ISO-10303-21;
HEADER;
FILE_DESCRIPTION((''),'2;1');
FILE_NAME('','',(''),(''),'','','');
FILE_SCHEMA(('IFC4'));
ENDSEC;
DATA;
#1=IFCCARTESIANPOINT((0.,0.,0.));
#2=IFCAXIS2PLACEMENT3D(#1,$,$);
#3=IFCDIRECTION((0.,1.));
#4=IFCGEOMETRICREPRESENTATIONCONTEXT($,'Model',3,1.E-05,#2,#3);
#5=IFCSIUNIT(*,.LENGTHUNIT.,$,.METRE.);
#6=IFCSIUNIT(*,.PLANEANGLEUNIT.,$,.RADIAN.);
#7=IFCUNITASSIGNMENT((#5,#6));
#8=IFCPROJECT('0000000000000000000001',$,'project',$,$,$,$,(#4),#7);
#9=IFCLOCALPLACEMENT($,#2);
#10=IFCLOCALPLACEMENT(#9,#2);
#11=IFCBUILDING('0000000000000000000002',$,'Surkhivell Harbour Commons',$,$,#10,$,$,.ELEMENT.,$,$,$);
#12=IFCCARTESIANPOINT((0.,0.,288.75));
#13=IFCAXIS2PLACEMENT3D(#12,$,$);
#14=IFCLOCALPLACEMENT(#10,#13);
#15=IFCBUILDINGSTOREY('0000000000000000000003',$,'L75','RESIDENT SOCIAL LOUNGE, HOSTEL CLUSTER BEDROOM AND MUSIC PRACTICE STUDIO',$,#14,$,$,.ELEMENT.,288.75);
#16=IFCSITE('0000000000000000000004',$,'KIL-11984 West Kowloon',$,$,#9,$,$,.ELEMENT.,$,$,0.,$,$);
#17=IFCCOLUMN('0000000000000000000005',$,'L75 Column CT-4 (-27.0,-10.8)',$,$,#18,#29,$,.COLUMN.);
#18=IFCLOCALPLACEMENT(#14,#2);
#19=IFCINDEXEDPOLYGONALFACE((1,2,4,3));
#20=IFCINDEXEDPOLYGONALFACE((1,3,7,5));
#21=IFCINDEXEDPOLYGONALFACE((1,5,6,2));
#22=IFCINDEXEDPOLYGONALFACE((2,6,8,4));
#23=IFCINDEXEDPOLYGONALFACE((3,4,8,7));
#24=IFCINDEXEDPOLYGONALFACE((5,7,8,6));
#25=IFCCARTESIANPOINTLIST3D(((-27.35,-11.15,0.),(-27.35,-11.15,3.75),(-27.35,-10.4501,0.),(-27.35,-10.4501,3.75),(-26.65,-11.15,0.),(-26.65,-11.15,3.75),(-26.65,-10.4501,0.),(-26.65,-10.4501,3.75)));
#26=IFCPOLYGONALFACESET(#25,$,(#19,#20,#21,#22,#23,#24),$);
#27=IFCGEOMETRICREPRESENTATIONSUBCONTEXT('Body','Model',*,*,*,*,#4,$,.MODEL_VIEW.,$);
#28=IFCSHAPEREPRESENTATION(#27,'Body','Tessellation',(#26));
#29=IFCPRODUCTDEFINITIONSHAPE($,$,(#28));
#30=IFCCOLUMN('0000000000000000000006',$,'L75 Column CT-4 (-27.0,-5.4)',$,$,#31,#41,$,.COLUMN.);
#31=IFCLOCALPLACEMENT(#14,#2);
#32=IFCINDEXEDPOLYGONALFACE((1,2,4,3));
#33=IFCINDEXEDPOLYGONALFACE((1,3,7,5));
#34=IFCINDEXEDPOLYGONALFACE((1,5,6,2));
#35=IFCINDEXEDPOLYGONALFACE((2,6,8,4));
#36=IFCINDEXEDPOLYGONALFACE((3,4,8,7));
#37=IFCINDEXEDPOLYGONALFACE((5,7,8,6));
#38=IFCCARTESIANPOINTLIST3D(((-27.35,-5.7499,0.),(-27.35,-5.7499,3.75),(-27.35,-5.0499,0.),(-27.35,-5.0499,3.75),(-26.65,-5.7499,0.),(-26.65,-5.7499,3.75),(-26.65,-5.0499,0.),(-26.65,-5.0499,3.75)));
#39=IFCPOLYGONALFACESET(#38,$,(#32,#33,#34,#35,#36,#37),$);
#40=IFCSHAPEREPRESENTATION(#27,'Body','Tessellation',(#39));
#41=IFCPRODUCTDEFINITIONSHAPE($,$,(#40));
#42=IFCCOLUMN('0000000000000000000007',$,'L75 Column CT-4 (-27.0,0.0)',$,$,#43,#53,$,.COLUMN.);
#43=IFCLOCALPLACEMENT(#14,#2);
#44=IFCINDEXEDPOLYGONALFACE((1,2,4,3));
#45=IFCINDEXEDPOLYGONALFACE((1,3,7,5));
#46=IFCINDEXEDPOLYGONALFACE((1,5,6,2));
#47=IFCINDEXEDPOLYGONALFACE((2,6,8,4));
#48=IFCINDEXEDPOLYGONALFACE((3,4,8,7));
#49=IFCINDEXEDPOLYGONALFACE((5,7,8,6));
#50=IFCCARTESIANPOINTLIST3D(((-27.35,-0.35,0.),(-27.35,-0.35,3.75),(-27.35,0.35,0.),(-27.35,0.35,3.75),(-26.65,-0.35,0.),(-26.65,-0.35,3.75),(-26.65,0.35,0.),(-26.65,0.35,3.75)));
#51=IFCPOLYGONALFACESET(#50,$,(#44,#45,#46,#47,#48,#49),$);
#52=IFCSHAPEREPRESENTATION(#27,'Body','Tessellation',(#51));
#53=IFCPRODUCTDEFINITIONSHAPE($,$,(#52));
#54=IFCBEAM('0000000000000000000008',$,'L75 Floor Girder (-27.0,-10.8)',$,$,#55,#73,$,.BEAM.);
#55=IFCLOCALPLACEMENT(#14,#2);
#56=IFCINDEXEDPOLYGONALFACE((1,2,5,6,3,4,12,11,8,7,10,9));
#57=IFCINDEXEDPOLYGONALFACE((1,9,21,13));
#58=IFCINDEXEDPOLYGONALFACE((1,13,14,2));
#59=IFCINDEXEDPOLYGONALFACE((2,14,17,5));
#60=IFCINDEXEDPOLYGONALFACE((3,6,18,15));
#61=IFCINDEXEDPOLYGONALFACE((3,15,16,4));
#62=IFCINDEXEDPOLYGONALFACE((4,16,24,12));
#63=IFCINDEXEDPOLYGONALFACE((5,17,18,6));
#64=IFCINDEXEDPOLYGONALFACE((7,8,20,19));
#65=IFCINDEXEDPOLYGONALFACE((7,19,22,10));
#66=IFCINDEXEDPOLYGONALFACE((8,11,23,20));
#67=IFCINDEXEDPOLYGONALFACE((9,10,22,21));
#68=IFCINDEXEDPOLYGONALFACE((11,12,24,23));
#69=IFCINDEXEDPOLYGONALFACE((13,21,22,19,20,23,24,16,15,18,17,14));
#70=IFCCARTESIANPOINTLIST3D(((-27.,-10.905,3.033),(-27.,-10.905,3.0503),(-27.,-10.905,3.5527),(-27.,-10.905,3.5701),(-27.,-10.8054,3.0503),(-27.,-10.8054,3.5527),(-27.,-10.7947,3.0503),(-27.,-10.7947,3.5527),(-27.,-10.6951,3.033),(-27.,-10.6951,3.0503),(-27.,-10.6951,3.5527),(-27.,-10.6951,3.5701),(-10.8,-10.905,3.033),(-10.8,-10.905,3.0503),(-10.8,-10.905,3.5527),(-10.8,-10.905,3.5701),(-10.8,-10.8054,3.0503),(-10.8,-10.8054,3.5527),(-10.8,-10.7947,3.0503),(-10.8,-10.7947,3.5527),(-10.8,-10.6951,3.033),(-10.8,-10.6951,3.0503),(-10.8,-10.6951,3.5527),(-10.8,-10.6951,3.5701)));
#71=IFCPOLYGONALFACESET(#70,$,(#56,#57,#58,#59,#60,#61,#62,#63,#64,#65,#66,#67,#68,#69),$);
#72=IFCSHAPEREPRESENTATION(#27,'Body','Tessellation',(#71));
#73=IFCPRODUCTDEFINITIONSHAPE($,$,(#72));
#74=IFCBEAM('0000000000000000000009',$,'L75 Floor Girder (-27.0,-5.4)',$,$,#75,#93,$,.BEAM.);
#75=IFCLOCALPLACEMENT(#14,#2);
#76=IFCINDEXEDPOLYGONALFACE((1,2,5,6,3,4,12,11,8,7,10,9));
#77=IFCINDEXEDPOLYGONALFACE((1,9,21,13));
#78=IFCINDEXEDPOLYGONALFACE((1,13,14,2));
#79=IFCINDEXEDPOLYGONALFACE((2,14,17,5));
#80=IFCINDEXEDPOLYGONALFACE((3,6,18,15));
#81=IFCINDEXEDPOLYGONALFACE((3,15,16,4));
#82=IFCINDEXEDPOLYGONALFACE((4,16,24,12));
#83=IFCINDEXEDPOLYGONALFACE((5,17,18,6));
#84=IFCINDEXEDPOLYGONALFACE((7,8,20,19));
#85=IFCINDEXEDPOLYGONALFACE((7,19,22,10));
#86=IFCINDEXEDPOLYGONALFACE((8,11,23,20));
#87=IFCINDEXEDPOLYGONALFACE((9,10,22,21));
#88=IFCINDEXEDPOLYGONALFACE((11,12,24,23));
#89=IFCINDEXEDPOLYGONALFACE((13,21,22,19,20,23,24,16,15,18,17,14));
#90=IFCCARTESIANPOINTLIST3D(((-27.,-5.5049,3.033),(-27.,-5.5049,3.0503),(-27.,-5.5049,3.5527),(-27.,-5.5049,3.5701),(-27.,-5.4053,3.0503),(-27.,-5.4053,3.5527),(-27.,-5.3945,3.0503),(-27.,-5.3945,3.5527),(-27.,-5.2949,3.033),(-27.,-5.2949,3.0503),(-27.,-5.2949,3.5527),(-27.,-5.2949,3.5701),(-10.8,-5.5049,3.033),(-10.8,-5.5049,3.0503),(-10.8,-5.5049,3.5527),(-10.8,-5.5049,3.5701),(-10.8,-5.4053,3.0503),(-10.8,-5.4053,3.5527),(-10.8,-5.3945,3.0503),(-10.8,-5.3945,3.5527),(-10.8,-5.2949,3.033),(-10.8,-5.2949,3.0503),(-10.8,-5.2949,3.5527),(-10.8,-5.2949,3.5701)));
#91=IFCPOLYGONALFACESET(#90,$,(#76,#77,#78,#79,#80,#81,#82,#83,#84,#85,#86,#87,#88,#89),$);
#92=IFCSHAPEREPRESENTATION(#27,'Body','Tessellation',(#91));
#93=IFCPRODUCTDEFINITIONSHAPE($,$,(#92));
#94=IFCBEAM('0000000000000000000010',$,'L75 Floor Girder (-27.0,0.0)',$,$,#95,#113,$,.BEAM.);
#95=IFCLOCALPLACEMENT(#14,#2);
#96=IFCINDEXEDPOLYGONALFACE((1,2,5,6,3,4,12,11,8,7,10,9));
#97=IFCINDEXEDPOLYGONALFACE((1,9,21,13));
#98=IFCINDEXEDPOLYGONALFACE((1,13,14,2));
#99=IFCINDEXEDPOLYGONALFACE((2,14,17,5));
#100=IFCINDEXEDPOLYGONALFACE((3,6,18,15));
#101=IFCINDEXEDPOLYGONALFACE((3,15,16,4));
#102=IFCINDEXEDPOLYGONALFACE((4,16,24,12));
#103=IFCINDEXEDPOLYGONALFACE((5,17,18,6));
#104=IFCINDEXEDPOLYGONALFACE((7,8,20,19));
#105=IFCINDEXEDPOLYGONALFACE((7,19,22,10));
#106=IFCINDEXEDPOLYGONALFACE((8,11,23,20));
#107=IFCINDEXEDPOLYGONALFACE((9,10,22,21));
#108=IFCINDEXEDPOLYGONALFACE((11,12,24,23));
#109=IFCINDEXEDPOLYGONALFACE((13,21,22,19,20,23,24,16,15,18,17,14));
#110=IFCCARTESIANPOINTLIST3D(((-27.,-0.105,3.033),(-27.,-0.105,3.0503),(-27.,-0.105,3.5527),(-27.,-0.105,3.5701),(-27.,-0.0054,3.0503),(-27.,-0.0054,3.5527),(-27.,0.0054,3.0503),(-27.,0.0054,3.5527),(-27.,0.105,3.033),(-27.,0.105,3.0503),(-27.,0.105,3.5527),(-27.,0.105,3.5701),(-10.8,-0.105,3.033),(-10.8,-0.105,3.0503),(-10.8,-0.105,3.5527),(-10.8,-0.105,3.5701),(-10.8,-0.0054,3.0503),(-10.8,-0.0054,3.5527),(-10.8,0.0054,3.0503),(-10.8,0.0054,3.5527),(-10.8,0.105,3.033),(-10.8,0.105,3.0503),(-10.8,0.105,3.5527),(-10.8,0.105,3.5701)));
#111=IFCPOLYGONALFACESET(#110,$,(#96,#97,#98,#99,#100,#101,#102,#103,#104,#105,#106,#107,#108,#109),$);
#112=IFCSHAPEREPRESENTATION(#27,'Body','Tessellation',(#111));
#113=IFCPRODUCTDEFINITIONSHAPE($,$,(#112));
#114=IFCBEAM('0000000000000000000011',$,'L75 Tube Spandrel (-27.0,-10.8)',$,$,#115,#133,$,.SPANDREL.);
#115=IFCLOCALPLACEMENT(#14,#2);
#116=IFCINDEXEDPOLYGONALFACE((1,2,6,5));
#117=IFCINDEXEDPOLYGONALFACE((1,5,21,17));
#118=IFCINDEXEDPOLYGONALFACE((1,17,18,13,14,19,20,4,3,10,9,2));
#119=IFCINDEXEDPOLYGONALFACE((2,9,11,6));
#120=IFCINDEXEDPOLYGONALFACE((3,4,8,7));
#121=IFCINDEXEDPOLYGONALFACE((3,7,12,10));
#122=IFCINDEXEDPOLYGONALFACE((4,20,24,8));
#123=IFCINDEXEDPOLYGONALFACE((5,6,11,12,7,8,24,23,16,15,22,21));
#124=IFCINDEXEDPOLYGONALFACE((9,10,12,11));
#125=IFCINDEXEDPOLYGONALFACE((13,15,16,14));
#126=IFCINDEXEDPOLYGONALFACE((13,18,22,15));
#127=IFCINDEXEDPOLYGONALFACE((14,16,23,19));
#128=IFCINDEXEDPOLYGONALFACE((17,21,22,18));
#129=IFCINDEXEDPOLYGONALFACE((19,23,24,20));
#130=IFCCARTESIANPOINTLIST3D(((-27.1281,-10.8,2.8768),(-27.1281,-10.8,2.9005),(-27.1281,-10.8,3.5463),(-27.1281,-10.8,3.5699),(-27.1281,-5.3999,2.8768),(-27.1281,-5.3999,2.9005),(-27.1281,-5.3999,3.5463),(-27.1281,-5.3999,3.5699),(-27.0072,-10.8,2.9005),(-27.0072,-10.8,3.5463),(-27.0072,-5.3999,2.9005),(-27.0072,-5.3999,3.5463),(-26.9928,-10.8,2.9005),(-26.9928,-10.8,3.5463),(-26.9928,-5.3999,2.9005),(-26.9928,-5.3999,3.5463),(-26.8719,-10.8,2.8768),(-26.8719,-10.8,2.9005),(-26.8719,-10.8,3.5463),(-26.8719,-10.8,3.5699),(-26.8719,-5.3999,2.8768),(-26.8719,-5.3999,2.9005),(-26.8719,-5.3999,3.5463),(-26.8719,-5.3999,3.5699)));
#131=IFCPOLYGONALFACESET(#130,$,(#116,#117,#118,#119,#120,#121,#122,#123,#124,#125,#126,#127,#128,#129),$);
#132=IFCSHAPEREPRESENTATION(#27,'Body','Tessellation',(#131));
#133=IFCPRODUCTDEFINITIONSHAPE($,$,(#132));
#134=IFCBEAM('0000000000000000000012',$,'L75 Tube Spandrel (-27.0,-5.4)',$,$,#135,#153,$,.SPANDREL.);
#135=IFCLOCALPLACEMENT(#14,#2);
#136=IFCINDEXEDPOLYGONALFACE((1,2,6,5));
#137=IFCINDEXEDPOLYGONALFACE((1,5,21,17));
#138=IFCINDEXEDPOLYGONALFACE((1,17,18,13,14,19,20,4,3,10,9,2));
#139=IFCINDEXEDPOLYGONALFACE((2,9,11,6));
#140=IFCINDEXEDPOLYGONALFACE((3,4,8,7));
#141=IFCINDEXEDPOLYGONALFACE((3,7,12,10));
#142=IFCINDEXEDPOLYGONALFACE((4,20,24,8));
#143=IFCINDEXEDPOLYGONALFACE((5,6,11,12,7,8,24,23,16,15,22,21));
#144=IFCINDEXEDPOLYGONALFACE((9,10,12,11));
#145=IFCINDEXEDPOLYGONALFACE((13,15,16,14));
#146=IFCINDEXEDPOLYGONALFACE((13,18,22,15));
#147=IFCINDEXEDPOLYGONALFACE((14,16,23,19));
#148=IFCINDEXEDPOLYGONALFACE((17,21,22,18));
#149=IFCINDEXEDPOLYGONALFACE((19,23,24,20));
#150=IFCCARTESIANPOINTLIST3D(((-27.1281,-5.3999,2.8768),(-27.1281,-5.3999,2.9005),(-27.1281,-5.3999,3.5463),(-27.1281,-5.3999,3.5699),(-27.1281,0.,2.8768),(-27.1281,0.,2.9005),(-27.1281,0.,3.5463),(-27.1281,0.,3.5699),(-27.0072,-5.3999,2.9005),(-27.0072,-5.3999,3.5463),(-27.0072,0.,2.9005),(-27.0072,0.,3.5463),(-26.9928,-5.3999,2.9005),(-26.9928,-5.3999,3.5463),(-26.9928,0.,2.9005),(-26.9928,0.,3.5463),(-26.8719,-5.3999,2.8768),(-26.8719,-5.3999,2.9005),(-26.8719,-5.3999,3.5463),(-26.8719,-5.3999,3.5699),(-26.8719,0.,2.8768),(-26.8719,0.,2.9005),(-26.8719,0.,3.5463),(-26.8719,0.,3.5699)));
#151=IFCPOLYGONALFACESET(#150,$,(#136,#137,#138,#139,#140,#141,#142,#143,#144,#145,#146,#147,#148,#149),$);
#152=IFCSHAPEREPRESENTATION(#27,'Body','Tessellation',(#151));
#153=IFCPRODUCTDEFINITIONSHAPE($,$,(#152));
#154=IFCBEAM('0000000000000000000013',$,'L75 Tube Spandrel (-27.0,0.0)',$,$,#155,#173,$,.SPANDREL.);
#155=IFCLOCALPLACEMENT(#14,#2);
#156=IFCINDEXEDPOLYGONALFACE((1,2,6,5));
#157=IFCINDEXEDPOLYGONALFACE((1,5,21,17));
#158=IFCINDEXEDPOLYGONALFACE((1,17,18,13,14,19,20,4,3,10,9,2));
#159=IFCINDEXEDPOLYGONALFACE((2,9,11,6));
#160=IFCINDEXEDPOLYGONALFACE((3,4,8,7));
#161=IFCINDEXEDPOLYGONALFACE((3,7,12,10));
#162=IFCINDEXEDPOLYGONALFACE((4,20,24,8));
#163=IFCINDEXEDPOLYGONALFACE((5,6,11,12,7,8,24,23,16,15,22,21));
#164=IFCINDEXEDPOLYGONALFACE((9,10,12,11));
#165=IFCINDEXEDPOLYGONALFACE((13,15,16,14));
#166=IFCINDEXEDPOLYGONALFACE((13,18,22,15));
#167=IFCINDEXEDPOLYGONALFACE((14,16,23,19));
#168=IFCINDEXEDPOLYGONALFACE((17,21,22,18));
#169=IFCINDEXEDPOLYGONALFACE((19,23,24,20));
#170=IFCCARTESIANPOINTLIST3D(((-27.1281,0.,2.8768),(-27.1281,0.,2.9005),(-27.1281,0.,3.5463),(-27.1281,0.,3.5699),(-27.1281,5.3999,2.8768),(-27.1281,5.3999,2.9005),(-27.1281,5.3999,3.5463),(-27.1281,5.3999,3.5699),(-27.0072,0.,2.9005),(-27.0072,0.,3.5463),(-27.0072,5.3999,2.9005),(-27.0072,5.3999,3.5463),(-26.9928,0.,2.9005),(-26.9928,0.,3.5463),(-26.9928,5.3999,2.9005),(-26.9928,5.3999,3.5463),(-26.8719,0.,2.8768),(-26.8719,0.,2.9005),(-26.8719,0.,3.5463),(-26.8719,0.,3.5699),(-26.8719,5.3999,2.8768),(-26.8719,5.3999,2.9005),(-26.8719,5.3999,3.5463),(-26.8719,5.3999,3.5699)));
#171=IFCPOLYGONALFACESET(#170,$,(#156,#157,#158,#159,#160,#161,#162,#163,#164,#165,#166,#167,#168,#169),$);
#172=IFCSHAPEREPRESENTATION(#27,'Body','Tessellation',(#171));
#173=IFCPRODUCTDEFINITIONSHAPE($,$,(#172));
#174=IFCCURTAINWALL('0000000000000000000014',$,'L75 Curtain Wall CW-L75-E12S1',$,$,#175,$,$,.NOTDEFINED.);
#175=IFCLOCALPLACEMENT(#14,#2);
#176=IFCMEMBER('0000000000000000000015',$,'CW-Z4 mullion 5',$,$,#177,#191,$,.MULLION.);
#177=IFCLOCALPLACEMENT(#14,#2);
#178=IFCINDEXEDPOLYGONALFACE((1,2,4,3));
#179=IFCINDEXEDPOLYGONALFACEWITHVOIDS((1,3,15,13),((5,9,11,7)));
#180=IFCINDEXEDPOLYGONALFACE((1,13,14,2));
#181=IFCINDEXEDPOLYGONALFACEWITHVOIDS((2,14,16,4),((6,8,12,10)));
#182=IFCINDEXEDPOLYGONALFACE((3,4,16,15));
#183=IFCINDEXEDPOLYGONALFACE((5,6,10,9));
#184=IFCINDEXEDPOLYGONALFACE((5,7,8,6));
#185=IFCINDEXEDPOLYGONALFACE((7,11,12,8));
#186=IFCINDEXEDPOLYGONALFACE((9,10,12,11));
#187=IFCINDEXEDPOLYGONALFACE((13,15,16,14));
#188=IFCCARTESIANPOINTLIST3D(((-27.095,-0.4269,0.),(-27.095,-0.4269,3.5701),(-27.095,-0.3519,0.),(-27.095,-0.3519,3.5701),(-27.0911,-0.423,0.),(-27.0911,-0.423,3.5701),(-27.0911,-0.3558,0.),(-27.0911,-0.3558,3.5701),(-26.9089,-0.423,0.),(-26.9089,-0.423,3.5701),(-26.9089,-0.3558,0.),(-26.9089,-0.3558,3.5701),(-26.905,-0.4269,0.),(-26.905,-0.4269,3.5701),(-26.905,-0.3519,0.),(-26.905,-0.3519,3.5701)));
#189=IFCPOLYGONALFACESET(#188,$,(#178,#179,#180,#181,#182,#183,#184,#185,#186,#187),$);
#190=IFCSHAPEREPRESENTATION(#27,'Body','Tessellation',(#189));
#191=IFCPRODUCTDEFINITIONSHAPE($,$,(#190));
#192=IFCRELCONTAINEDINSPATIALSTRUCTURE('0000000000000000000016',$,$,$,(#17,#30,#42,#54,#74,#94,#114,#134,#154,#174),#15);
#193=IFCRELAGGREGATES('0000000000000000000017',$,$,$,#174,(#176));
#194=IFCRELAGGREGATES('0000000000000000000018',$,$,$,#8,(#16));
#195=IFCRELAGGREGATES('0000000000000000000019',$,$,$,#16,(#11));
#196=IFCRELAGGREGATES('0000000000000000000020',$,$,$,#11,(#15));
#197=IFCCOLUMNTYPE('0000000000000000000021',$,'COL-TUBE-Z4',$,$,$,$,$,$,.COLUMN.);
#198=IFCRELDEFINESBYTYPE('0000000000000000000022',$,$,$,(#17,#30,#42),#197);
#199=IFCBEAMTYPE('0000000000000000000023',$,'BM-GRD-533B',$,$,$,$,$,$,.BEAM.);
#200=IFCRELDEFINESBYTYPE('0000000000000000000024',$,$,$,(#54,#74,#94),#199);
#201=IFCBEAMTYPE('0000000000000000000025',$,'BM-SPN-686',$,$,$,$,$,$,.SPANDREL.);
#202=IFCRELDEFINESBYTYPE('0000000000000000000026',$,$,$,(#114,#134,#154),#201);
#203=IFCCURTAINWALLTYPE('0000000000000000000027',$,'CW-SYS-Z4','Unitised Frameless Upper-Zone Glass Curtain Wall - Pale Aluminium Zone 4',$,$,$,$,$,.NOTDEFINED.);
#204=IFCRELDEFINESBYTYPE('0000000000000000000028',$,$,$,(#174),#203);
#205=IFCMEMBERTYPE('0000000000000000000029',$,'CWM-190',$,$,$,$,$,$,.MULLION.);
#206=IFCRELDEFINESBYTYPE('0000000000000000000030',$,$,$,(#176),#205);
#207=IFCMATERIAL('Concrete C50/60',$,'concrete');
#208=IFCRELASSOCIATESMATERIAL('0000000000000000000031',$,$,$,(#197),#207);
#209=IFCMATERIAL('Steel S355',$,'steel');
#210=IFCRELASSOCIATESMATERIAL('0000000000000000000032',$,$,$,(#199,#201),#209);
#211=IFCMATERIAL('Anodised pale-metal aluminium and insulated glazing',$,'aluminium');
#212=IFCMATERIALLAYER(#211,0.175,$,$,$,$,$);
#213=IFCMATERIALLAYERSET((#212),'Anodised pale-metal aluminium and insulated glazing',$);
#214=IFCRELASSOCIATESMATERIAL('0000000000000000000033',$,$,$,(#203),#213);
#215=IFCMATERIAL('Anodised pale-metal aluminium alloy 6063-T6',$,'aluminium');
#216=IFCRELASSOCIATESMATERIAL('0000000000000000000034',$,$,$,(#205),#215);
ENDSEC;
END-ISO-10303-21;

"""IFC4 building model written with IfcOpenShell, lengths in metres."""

from ifc_helpers import new_model, si_unit, direction, frame, origin, origin_2d, place, context, subcontext, project, spatial, rectangle, hollow_rectangle, i_section, extrude, material, layer, layer_set, material_profile, profile_set, type_object, element, aggregate, save


model = new_model("IFC4")

# Units and contexts
model_context = context("Model", 3, precision=1e-05, world=origin(), true_north=direction((0.0, 1.0)))
body_context = subcontext(model_context, "Body", "Model", "MODEL_VIEW")
ifc_project = project(units=[si_unit("LENGTHUNIT", "METRE"), si_unit("PLANEANGLEUNIT", "RADIAN")], contexts=[model_context])

# Site, building, storey
site_placement = place(None, origin())
site = spatial("IfcSite", under=ifc_project, at=site_placement, Name="KIL-11984 West Kowloon", CompositionType="ELEMENT", RefElevation=0.0)
building_placement = place(site_placement, origin())
building = spatial("IfcBuilding", under=site, at=building_placement, Name="Surkhivell Harbour Commons", CompositionType="ELEMENT")
storey_placement = place(building_placement, frame((0.0, 0.0, 288.75)))
storey = spatial("IfcBuildingStorey", under=building, at=storey_placement, Name="L75", Description="RESIDENT SOCIAL LOUNGE, HOSTEL CLUSTER BEDROOM AND MUSIC PRACTICE STUDIO", CompositionType="ELEMENT", Elevation=288.75)

# Columns
ifc_material_1 = material(Name="Concrete C50/60", Category="concrete")
ifc_material_profile_1 = material_profile(ifc_material_1, rectangle(XDim=0.7, YDim=0.7, at=origin_2d()), Name="RC-COL-700x700")
ifc_profile_set_1 = profile_set([ifc_material_profile_1], Name="Concrete C50/60")
column_type = type_object("IfcColumnType", Name="COL-TUBE-Z4", PredefinedType="COLUMN", material=ifc_profile_set_1)
for number, where, z_axis, x_axis, name in (
    (1, (-27.0, -10.8, 0.0), (0.0, 0.0, 1.0), (1.0, 0.0, 0.0), "L75 Column CT-4 (-27.0,-10.8)"),
    (2, (-27.0, -5.3999, 0.0), (0.0, 0.0, 1.0), (1.0, 0.0, 0.0), "L75 Column CT-4 (-27.0,-5.4)"),
    (3, (-27.0, 0.0, 0.0), (0.0, 0.0, 1.0), (1.0, 0.0, 0.0), "L75 Column CT-4 (-27.0,0.0)"),
):
    element("IfcColumn", number, at=place(storey_placement, frame(where, z_axis=z_axis, x_axis=x_axis)), inside=storey, type_object=column_type, Name=name, PredefinedType="COLUMN", context=body_context, shape_type="SweptSolid", body=[
        extrude(rectangle(XDim=0.7, YDim=0.7, at=origin_2d()), origin(), (0.0, 0.0, 1.0), 3.75),
    ])

# Beams
ifc_material_2 = material(Name="Steel S355", Category="steel")
ifc_material_profile_2 = material_profile(ifc_material_2, i_section(OverallWidth=0.21, OverallDepth=0.5371, WebThickness=0.0107, FlangeThickness=0.0173, at=origin_2d()), Name="UB533x210x101")
ifc_profile_set_2 = profile_set([ifc_material_profile_2], Name="Steel S355")
beam_type_1 = type_object("IfcBeamType", Name="BM-GRD-533B", PredefinedType="BEAM", material=ifc_profile_set_2)
for number, where, z_axis, x_axis, name in (
    (4, (-27.0, -10.8, 3.3015), (1.0, 0.0, 0.0), (0.0, 1.0, 0.0), "L75 Floor Girder (-27.0,-10.8)"),
    (5, (-27.0, -5.3999, 3.3015), (1.0, 0.0, 0.0), (0.0, 1.0, 0.0), "L75 Floor Girder (-27.0,-5.4)"),
    (6, (-27.0, 0.0, 3.3015), (1.0, 0.0, 0.0), (0.0, 1.0, 0.0), "L75 Floor Girder (-27.0,0.0)"),
):
    element("IfcBeam", number, at=place(storey_placement, frame(where, z_axis=z_axis, x_axis=x_axis)), inside=storey, type_object=beam_type_1, Name=name, PredefinedType="BEAM", context=body_context, shape_type="SweptSolid", body=[
        extrude(i_section(OverallWidth=0.21, OverallDepth=0.5371, WebThickness=0.0107, FlangeThickness=0.0173, at=origin_2d()), origin(), (0.0, 0.0, 1.0), 16.2),
    ])
ifc_material_profile_3 = material_profile(ifc_material_2, i_section(OverallWidth=0.2561, OverallDepth=0.6931, WebThickness=0.0144, FlangeThickness=0.0237, at=origin_2d()), Name="UB686x254x170")
ifc_profile_set_3 = profile_set([ifc_material_profile_3], Name="Steel S355")
beam_type_2 = type_object("IfcBeamType", Name="BM-SPN-686", PredefinedType="SPANDREL", material=ifc_profile_set_3)
beam_placement = place(storey_placement, frame((-27.0, -10.8, 3.2234), z_axis=(0.0, 1.0, 0.0), x_axis=(-1.0, 0.0, 0.0)))
element("IfcBeam", 7, at=beam_placement, inside=storey, type_object=beam_type_2, Name="L75 Tube Spandrel (-27.0,-10.8)", PredefinedType="SPANDREL", context=body_context, shape_type="SweptSolid", body=[
    extrude(i_section(OverallWidth=0.2561, OverallDepth=0.6931, WebThickness=0.0144, FlangeThickness=0.0237, at=origin_2d()), origin(), (0.0, 0.0, 1.0), 5.4001),
])
for number, where, z_axis, x_axis, name in (
    (8, (-27.0, -5.3999, 3.2234), (0.0, 1.0, 0.0), (-1.0, 0.0, 0.0), "L75 Tube Spandrel (-27.0,-5.4)"),
    (9, (-27.0, 0.0, 3.2234), (0.0, 1.0, 0.0), (-1.0, 0.0, 0.0), "L75 Tube Spandrel (-27.0,0.0)"),
):
    element("IfcBeam", number, at=place(storey_placement, frame(where, z_axis=z_axis, x_axis=x_axis)), inside=storey, type_object=beam_type_2, Name=name, PredefinedType="SPANDREL", context=body_context, shape_type="SweptSolid", body=[
        extrude(i_section(OverallWidth=0.2561, OverallDepth=0.6931, WebThickness=0.0144, FlangeThickness=0.0237, at=origin_2d()), origin(), (0.0, 0.0, 1.0), 5.3999),
    ])

# Curtain wall, member
ifc_material_3 = material(Name="Anodised pale-metal aluminium and insulated glazing", Category="aluminium")
ifc_layer_1 = layer(ifc_material_3, 0.175)
ifc_layer_set_1 = layer_set([ifc_layer_1], Name="Anodised pale-metal aluminium and insulated glazing")
curtain_wall_type = type_object("IfcCurtainWallType", Name="CW-SYS-Z4", Description="Unitised Frameless Upper-Zone Glass Curtain Wall - Pale Aluminium Zone 4", PredefinedType="NOTDEFINED", material=ifc_layer_set_1)
curtain_wall_placement = place(storey_placement, origin())
curtain_wall = element("IfcCurtainWall", 10, at=curtain_wall_placement, inside=storey, type_object=curtain_wall_type, Name="L75 Curtain Wall CW-L75-E12S1", PredefinedType="NOTDEFINED")
ifc_material_4 = material(Name="Anodised pale-metal aluminium alloy 6063-T6", Category="aluminium")
ifc_material_profile_4 = material_profile(ifc_material_4, hollow_rectangle(XDim=0.075, YDim=0.1899, WallThickness=0.0039, at=origin_2d()), Name="ALU-MULL-75x190")
ifc_profile_set_4 = profile_set([ifc_material_profile_4], Name="Anodised pale-metal aluminium alloy 6063-T6")
member_type_1 = type_object("IfcMemberType", Name="CWM-190", PredefinedType="MULLION", material=ifc_profile_set_4)
member_1_placement = place(storey_placement, frame((-27.0, -0.3894, 0.0), z_axis=(0.0, 0.0, 1.0), x_axis=(0.0, -1.0, 0.0)))
member_1 = element("IfcMember", 11, at=member_1_placement, type_object=member_type_1, Name="CW-Z4 mullion 5", PredefinedType="MULLION", context=body_context, shape_type="SweptSolid", body=[
    extrude(hollow_rectangle(XDim=0.075, YDim=0.1899, WallThickness=0.0039, at=origin_2d()), origin(), (0.0, 0.0, 1.0), 3.5701),
])

aggregate(curtain_wall, [member_1])

save(model, "model.ifc")
